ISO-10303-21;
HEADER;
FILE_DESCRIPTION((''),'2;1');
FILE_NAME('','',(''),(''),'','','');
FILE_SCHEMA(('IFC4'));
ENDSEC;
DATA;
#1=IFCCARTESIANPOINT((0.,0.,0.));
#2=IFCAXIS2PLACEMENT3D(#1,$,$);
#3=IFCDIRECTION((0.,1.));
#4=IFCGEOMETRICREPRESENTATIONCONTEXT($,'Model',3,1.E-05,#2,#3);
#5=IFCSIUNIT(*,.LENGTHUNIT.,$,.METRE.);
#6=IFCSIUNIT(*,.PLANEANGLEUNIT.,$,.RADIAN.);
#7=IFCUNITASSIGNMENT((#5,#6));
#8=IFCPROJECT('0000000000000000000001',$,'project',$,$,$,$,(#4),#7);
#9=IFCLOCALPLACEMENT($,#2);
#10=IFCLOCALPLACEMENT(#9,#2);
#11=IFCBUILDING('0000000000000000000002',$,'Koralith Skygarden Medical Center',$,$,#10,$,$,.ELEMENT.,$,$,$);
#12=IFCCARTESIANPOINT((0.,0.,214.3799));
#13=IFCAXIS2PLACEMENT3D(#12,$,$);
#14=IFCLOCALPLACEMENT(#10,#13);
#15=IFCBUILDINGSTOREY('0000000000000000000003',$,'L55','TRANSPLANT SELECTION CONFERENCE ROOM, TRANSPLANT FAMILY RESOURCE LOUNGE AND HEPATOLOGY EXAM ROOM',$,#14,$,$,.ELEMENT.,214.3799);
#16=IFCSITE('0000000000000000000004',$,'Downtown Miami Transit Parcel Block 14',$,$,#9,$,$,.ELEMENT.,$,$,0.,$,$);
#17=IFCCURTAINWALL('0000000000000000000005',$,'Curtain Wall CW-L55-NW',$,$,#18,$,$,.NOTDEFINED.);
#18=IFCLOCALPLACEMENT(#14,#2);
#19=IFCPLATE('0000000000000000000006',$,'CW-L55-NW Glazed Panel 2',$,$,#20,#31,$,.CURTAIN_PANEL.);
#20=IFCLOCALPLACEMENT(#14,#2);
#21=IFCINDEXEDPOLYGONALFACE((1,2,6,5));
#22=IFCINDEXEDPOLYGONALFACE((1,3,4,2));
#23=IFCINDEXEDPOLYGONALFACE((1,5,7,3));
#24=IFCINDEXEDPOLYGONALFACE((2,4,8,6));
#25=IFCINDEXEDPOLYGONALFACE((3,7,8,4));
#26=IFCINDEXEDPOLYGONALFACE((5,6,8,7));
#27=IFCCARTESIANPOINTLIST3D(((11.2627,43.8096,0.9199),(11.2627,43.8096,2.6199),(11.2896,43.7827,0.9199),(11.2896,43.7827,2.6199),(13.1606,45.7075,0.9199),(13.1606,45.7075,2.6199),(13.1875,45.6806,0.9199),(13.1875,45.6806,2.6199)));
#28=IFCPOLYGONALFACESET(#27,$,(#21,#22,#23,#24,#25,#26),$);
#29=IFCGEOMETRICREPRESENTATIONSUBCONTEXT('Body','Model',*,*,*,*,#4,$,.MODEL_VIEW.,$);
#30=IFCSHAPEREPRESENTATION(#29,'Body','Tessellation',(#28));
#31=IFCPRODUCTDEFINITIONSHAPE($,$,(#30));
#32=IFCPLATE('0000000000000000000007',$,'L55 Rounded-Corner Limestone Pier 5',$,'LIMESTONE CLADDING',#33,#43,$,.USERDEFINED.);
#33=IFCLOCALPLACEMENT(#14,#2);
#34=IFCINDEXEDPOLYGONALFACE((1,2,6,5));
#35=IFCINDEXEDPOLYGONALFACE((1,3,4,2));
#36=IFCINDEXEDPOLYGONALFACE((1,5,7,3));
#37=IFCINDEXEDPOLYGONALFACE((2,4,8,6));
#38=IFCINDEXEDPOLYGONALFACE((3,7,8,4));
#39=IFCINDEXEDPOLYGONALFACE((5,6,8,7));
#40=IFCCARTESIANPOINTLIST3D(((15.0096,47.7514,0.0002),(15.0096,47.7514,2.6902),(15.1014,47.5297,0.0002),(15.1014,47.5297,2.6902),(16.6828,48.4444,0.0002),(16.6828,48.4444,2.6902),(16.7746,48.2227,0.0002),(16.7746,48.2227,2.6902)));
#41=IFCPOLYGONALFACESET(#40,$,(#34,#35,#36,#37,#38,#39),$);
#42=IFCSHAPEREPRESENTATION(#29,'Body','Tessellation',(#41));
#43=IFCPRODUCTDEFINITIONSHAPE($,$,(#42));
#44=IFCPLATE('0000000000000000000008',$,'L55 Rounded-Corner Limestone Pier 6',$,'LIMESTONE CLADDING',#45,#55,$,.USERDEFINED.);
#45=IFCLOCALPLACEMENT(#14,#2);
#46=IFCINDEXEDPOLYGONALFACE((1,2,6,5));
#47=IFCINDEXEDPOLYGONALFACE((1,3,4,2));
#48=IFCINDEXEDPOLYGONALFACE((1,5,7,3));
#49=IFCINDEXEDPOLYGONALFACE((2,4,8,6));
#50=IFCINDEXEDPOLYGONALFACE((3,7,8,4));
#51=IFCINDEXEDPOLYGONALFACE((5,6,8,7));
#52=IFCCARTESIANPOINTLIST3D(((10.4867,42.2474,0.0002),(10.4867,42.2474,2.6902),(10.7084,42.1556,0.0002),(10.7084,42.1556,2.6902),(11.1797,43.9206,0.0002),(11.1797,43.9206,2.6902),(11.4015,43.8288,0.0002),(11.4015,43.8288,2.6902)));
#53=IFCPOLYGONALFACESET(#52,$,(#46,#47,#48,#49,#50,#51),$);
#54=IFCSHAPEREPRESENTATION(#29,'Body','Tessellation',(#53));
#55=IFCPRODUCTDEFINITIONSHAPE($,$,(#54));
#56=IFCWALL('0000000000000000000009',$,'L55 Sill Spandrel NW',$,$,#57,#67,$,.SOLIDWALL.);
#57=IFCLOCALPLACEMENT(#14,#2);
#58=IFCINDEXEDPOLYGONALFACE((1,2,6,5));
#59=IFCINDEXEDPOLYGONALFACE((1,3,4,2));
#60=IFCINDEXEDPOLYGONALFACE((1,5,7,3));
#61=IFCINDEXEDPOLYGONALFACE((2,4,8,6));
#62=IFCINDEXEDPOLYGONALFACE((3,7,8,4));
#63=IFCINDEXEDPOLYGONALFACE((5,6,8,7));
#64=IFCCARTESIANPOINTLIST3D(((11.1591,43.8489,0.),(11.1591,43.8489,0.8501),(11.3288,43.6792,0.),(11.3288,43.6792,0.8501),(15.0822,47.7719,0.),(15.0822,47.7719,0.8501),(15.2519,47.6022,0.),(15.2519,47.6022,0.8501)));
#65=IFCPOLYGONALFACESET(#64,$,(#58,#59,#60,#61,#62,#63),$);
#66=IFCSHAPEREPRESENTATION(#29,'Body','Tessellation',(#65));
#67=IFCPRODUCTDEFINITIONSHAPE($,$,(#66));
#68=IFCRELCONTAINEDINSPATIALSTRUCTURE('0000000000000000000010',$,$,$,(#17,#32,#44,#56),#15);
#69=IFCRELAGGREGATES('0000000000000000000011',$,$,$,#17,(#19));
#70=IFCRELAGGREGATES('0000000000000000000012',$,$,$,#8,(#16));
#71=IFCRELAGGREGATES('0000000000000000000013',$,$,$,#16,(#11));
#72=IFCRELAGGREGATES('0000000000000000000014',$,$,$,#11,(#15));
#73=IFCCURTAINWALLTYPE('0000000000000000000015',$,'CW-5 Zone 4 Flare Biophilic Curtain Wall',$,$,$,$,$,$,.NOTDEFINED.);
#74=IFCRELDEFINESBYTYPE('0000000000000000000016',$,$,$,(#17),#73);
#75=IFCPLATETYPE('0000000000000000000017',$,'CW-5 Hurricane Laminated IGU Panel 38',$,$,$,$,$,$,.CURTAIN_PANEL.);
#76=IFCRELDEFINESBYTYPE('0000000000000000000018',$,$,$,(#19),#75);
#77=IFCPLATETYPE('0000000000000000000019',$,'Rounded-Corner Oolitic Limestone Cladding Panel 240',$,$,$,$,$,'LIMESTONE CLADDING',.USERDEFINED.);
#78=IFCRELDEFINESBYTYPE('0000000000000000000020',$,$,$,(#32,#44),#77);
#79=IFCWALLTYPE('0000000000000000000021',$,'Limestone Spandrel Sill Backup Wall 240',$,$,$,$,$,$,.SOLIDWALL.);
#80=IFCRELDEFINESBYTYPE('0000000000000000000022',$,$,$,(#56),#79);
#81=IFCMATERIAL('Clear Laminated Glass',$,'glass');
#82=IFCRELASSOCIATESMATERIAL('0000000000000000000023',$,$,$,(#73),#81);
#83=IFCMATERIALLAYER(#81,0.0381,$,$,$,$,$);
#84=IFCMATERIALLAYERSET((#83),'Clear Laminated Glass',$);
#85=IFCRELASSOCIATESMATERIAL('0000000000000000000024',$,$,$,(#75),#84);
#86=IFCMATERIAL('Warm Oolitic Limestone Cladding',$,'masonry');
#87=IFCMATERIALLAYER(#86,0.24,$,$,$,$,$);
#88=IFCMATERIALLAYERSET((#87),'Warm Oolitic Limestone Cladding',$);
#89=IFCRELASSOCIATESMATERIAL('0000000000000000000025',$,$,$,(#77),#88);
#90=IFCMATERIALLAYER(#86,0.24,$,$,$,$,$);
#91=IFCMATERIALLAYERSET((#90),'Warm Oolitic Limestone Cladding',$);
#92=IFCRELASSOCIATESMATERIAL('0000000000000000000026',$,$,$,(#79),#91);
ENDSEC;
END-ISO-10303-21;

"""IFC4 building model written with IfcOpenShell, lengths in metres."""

from ifc_helpers import new_model, si_unit, direction, frame, frame_2d, origin, origin_2d, place, context, subcontext, project, spatial, rectangle, extrude, material, layer, layer_set, type_object, element, aggregate, save


model = new_model("IFC4")

# Units and contexts
model_context = context("Model", 3, precision=1e-05, world=origin(), true_north=direction((0.0, 1.0)))
body_context = subcontext(model_context, "Body", "Model", "MODEL_VIEW")
ifc_project = project(units=[si_unit("LENGTHUNIT", "METRE"), si_unit("PLANEANGLEUNIT", "RADIAN")], contexts=[model_context])

# Site, building, storey
site_placement = place(None, origin())
site = spatial("IfcSite", under=ifc_project, at=site_placement, Name="Downtown Miami Transit Parcel Block 14", CompositionType="ELEMENT", RefElevation=0.0)
building_placement = place(site_placement, origin())
building = spatial("IfcBuilding", under=site, at=building_placement, Name="Koralith Skygarden Medical Center", CompositionType="ELEMENT")
storey_placement = place(building_placement, frame((0.0, 0.0, 214.3799)))
storey = spatial("IfcBuildingStorey", under=building, at=storey_placement, Name="L55", Description="TRANSPLANT SELECTION CONFERENCE ROOM, TRANSPLANT FAMILY RESOURCE LOUNGE AND HEPATOLOGY EXAM ROOM", CompositionType="ELEMENT", Elevation=214.3799)

# Shared definitions
ifc_material_1 = material(Name="Clear Laminated Glass", Category="glass")
curtain_wall_type = type_object("IfcCurtainWallType", Name="CW-5 Zone 4 Flare Biophilic Curtain Wall", PredefinedType="NOTDEFINED", material=ifc_material_1)

# Curtain wall
curtain_wall_1_placement = place(storey_placement, origin())
curtain_wall_1 = element("IfcCurtainWall", 1, at=curtain_wall_1_placement, inside=storey, type_object=curtain_wall_type, Name="Curtain Wall CW-L55-NW", PredefinedType="NOTDEFINED")

# Plate
ifc_layer_1 = layer(ifc_material_1, 0.0381)
ifc_layer_set_1 = layer_set([ifc_layer_1], Name="Clear Laminated Glass")
plate_type_1 = type_object("IfcPlateType", Name="CW-5 Hurricane Laminated IGU Panel 38", PredefinedType="CURTAIN_PANEL", material=ifc_layer_set_1)
plate_1_placement = place(storey_placement, frame((12.2251, 44.7451, 0.9199), z_axis=(0.0, 0.0, 1.0), x_axis=(-0.707107, -0.707107, 0.0)))
plate_1 = element("IfcPlate", 2, at=plate_1_placement, type_object=plate_type_1, Name="CW-L55-NW Glazed Panel 2", PredefinedType="CURTAIN_PANEL", context=body_context, shape_type="SweptSolid", body=[
    extrude(rectangle(XDim=2.6841, YDim=0.0381, at=origin_2d()), origin(), (0.0, 0.0, 1.0), 1.7),
])
aggregate(curtain_wall_1, [plate_1])

# Plates
ifc_material_2 = material(Name="Warm Oolitic Limestone Cladding", Category="masonry")
ifc_layer_2 = layer(ifc_material_2, 0.24)
ifc_layer_set_2 = layer_set([ifc_layer_2], Name="Warm Oolitic Limestone Cladding")
plate_type_2 = type_object("IfcPlateType", Name="Rounded-Corner Oolitic Limestone Cladding Panel 240", ElementType="LIMESTONE CLADDING", PredefinedType="USERDEFINED", material=ifc_layer_set_2)
for number, where, z_axis, x_axis, name in (
    (3, (15.8921, 47.9871, 0.0002), (0.0, 0.0, 1.0), (-0.923885, -0.382671, 0.0), "L55 Rounded-Corner Limestone Pier 5"),
    (4, (10.9441, 43.0381, 0.0002), (0.0, 0.0, 1.0), (-0.382671, -0.923885, 0.0), "L55 Rounded-Corner Limestone Pier 6"),
):
    element("IfcPlate", number, at=place(storey_placement, frame(where, z_axis=z_axis, x_axis=x_axis)), inside=storey, type_object=plate_type_2, Name=name, ObjectType="LIMESTONE CLADDING", PredefinedType="USERDEFINED", context=body_context, shape_type="SweptSolid", body=[
        extrude(rectangle(XDim=1.811, YDim=0.24, at=origin_2d()), origin(), (0.0, 0.0, 1.0), 2.6899),
    ])

# Wall
ifc_layer_3 = layer(ifc_material_2, 0.24)
ifc_layer_set_3 = layer_set([ifc_layer_3], Name="Warm Oolitic Limestone Cladding")
wall_type = type_object("IfcWallType", Name="Limestone Spandrel Sill Backup Wall 240", PredefinedType="SOLIDWALL", material=ifc_layer_set_3)
wall_placement = place(storey_placement, frame((15.167, 47.687, 0.0), z_axis=(0.0, 0.0, 1.0), x_axis=(-0.707107, -0.707107, 0.0)))
element("IfcWall", 5, at=wall_placement, inside=storey, type_object=wall_type, Name="L55 Sill Spandrel NW", PredefinedType="SOLIDWALL", context=body_context, shape_type="SweptSolid", body=[
    extrude(rectangle(XDim=5.5481, YDim=0.24, at=frame_2d((2.7739, 0.0))), origin(), (0.0, 0.0, 1.0), 0.8501),
])

save(model, "model.ifc")
